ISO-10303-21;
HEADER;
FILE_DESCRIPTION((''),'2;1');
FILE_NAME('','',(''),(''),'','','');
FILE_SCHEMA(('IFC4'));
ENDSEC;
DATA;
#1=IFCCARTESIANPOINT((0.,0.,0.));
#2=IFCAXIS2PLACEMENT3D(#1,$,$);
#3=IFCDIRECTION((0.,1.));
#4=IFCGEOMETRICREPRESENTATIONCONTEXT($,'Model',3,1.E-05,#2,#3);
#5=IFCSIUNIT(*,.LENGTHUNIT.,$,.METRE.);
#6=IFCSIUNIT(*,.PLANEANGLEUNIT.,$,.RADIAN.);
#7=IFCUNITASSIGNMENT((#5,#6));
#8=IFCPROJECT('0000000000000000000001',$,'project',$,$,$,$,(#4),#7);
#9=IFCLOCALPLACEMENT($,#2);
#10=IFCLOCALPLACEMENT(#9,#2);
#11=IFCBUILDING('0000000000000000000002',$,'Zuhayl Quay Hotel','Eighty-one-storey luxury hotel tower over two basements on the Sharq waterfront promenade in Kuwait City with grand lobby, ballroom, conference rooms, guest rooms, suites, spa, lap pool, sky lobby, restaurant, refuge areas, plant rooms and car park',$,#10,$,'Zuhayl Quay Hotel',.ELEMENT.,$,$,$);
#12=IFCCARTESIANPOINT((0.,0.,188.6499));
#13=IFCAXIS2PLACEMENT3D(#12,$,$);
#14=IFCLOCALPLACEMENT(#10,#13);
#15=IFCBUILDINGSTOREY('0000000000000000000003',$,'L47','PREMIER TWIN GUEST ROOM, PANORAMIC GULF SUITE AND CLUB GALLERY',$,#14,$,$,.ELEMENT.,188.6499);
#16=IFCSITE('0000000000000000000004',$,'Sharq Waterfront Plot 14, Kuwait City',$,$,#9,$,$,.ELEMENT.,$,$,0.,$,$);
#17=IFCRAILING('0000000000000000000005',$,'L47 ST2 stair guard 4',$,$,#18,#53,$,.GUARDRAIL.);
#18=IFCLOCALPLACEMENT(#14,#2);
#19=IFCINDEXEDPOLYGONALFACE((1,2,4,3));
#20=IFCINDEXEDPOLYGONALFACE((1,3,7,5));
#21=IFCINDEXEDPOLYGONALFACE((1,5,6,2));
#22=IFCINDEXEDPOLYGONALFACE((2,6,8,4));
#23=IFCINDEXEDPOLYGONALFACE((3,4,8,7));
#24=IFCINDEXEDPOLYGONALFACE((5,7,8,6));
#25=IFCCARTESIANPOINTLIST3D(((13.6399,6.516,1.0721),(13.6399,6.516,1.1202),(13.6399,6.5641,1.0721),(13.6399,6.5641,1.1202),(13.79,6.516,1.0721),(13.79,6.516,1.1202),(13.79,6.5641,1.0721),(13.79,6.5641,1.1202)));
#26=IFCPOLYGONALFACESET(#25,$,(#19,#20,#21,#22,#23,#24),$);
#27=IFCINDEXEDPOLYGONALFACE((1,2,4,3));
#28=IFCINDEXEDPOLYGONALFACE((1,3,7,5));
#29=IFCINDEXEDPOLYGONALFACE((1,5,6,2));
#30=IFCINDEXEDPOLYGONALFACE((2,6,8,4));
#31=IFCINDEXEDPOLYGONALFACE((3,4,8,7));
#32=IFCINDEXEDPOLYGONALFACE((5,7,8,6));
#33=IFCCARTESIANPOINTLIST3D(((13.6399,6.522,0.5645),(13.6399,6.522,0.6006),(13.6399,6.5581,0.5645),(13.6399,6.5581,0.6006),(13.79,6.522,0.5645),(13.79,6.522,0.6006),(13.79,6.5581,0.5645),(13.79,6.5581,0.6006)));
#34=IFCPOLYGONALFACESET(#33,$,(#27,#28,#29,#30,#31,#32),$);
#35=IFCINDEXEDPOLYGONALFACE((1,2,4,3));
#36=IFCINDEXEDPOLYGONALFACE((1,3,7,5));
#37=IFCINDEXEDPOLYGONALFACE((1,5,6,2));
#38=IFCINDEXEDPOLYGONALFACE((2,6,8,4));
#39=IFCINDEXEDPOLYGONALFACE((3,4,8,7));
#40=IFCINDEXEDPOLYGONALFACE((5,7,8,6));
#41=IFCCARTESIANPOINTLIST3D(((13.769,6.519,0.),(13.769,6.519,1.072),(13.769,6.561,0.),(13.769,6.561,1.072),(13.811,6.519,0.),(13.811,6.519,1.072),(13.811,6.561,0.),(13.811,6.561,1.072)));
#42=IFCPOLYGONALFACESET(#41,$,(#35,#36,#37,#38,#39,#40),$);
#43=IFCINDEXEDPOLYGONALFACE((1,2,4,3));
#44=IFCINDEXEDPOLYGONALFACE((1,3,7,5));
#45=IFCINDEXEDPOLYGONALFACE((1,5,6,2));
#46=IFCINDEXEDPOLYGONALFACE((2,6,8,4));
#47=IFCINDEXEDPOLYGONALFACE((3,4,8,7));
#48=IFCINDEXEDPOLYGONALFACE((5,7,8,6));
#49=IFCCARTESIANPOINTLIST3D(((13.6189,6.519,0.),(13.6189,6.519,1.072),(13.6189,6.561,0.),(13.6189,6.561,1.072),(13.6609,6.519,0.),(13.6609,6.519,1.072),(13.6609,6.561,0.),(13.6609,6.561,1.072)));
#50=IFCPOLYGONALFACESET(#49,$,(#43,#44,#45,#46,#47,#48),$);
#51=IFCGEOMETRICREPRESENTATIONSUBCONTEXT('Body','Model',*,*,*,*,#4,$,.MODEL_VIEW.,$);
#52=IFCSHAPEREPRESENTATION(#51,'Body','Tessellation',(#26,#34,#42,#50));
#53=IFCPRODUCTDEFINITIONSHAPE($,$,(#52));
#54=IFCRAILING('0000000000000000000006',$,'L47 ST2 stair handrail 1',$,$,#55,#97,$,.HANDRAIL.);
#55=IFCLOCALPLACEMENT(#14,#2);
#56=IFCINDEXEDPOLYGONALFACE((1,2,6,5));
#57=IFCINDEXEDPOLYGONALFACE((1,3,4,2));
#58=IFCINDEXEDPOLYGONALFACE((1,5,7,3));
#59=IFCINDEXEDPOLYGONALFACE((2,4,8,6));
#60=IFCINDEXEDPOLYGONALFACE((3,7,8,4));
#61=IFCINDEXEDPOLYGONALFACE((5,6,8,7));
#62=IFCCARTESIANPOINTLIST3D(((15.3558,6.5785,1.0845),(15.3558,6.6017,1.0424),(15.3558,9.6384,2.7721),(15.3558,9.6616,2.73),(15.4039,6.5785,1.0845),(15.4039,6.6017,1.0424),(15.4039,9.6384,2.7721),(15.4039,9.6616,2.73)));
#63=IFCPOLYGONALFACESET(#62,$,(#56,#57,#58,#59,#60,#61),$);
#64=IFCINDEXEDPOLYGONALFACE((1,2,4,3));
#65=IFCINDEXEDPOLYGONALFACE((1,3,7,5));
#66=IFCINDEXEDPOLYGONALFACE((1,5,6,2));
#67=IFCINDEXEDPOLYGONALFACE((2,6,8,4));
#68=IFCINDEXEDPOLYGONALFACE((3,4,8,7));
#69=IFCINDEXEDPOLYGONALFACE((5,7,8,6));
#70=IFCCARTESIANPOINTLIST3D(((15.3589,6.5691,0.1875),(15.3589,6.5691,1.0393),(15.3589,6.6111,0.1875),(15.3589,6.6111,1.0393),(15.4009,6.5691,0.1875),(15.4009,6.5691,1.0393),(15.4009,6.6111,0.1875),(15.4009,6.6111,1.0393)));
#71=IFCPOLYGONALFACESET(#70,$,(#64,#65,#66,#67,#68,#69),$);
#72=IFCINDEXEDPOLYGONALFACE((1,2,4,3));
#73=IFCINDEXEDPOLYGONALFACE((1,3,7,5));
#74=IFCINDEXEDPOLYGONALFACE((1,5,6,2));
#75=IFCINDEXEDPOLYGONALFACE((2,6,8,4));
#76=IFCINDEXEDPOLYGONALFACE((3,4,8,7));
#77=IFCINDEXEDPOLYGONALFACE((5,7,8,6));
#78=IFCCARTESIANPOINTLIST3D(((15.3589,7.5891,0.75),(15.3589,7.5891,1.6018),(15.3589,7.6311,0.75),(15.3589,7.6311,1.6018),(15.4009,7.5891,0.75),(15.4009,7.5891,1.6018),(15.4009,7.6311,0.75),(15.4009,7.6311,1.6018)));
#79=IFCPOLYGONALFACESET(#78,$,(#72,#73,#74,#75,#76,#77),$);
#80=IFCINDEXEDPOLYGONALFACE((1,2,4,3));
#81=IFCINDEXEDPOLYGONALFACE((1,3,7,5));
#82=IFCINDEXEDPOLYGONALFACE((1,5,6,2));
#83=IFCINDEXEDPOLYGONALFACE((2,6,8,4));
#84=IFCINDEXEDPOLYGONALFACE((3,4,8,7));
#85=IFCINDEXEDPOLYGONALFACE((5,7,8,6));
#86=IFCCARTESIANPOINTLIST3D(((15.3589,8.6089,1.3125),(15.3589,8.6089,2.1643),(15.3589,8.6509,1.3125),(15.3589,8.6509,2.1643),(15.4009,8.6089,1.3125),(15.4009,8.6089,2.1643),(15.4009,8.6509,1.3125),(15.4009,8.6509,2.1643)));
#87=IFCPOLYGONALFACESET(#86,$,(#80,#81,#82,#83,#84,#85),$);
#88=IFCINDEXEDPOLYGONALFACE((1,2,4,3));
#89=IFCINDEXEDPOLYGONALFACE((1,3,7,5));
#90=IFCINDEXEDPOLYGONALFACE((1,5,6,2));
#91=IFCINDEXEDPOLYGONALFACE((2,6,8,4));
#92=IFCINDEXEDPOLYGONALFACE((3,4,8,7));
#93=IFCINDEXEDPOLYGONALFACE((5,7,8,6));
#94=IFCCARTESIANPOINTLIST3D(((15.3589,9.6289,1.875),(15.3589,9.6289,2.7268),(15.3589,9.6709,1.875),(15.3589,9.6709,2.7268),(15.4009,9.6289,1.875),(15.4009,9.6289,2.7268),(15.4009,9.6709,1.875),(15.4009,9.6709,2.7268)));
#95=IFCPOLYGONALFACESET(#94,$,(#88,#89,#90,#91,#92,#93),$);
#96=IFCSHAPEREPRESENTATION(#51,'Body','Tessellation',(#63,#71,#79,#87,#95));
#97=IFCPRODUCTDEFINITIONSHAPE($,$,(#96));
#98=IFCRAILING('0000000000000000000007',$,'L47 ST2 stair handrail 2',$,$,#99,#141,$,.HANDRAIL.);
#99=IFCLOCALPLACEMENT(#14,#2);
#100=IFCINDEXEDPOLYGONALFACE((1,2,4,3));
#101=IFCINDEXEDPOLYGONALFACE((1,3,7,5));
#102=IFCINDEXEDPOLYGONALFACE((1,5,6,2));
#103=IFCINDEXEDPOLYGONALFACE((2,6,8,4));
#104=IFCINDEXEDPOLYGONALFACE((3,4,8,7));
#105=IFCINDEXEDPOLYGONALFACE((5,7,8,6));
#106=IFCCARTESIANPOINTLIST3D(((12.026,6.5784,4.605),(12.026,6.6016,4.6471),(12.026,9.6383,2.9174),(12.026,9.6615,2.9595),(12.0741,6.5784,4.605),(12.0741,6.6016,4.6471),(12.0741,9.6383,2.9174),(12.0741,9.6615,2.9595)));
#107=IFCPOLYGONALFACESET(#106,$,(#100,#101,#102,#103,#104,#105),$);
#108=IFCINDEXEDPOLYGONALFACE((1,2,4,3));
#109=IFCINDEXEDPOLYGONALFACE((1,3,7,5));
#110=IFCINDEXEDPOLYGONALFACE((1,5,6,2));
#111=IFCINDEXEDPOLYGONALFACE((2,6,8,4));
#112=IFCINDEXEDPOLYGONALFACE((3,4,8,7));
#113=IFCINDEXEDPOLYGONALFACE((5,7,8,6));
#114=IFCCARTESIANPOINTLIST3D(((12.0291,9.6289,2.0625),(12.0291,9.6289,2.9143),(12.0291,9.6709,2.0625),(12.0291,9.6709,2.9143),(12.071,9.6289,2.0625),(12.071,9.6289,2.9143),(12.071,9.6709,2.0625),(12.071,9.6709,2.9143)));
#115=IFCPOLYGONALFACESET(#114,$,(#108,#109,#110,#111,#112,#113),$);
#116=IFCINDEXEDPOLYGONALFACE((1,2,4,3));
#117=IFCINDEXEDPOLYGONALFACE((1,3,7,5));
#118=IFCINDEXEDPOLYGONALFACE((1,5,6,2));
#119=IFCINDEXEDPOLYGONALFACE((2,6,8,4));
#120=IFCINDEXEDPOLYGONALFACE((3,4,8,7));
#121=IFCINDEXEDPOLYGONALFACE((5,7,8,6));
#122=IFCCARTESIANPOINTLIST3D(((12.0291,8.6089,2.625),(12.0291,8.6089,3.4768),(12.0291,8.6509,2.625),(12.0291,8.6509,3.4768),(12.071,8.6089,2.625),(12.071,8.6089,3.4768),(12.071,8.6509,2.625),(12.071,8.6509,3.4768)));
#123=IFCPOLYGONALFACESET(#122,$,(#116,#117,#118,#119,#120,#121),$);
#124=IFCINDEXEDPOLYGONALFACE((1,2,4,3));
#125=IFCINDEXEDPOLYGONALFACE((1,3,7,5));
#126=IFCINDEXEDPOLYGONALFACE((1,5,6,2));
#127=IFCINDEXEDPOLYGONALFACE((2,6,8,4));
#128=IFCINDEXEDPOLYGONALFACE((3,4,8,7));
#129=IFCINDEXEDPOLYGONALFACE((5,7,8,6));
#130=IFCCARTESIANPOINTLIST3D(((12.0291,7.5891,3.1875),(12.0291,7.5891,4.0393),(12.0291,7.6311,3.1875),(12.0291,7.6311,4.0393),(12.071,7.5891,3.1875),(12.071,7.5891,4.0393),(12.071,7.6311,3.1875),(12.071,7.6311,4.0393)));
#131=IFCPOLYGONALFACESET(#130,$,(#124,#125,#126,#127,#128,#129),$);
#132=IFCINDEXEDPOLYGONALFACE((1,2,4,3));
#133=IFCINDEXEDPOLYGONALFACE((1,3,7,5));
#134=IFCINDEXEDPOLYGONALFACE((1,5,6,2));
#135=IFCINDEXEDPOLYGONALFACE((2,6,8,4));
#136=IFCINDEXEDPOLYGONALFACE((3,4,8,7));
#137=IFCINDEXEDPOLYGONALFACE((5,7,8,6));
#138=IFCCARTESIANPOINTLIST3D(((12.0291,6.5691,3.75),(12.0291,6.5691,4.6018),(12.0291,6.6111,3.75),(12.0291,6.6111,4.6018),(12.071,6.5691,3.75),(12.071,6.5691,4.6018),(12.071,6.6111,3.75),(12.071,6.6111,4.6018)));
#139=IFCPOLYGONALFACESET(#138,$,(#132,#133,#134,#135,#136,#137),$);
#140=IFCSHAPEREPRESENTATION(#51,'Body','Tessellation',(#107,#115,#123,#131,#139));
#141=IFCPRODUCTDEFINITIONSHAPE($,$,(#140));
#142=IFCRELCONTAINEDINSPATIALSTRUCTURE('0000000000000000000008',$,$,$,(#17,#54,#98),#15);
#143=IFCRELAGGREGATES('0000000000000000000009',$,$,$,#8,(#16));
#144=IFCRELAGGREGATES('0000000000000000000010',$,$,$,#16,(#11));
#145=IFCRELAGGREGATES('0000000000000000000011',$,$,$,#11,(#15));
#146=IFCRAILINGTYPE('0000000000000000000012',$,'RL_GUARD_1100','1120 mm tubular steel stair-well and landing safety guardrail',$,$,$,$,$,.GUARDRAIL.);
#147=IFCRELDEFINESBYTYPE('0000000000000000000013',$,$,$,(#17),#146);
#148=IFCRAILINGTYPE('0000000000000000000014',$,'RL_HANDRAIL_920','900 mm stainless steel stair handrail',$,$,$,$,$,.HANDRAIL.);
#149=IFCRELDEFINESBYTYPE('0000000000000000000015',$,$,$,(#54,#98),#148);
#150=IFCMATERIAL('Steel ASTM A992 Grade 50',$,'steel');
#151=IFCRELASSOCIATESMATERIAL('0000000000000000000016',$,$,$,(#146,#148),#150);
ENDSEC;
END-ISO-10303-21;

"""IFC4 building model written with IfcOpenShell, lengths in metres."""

from ifc_helpers import new_model, si_unit, direction, frame, origin, origin_2d, place, context, subcontext, project, spatial, rectangle, extrude, material, type_object, element, save


model = new_model("IFC4")

# Units and contexts
model_context = context("Model", 3, precision=1e-05, world=origin(), true_north=direction((0.0, 1.0)))
body_context = subcontext(model_context, "Body", "Model", "MODEL_VIEW")
ifc_project = project(units=[si_unit("LENGTHUNIT", "METRE"), si_unit("PLANEANGLEUNIT", "RADIAN")], contexts=[model_context])

# Site, building, storey
site_placement = place(None, origin())
site = spatial("IfcSite", under=ifc_project, at=site_placement, Name="Sharq Waterfront Plot 14, Kuwait City", CompositionType="ELEMENT", RefElevation=0.0)
building_placement = place(site_placement, origin())
building = spatial("IfcBuilding", under=site, at=building_placement, Name="Zuhayl Quay Hotel", Description="Eighty-one-storey luxury hotel tower over two basements on the Sharq waterfront promenade in Kuwait City with grand lobby, ballroom, conference rooms, guest rooms, suites, spa, lap pool, sky lobby, restaurant, refuge areas, plant rooms and car park", LongName="Zuhayl Quay Hotel", CompositionType="ELEMENT")
storey_placement = place(building_placement, frame((0.0, 0.0, 188.6499)))
storey = spatial("IfcBuildingStorey", under=building, at=storey_placement, Name="L47", Description="PREMIER TWIN GUEST ROOM, PANORAMIC GULF SUITE AND CLUB GALLERY", CompositionType="ELEMENT", Elevation=188.6499)

# Shared definitions
ifc_material_1 = material(Name="Steel ASTM A992 Grade 50", Category="steel")

# Railings
railing_type_1 = type_object("IfcRailingType", Name="RL_GUARD_1100", Description="1120 mm tubular steel stair-well and landing safety guardrail", PredefinedType="GUARDRAIL", material=ifc_material_1)
railing_1_placement = place(storey_placement, frame((13.79, 6.54, 0.0)))
element("IfcRailing", 1, at=railing_1_placement, inside=storey, type_object=railing_type_1, Name="L47 ST2 stair guard 4", PredefinedType="GUARDRAIL", context=body_context, shape_type="SweptSolid", body=[
    extrude(rectangle(XDim=0.0481, YDim=0.0481, at=origin_2d()), frame((0.0, 0.0, 1.0962), z_axis=(-1.0, 0.0, 0.0), x_axis=(0.0, -1.0, 0.0)), (0.0, 0.0, 1.0), 0.1501),
    extrude(rectangle(XDim=0.0361, YDim=0.0361, at=origin_2d()), frame((0.0, 0.0, 0.5825), z_axis=(-1.0, 0.0, 0.0), x_axis=(0.0, -1.0, 0.0)), (0.0, 0.0, 1.0), 0.1501),
    extrude(rectangle(XDim=0.042, YDim=0.042, at=origin_2d()), origin(), (0.0, 0.0, 1.0), 1.072),
    extrude(rectangle(XDim=0.042, YDim=0.042, at=origin_2d()), frame((-0.1501, 0.0, 0.0)), (0.0, 0.0, 1.0), 1.072),
])
railing_type_2 = type_object("IfcRailingType", Name="RL_HANDRAIL_920", Description="900 mm stainless steel stair handrail", PredefinedType="HANDRAIL", material=ifc_material_1)
railing_2_placement = place(storey_placement, frame((15.3799, 6.5901, 0.1875)))
element("IfcRailing", 2, at=railing_2_placement, inside=storey, type_object=railing_type_2, Name="L47 ST2 stair handrail 1", PredefinedType="HANDRAIL", context=body_context, shape_type="SweptSolid", body=[
    extrude(rectangle(XDim=0.0481, YDim=0.0481, at=origin_2d()), frame((0.0, 0.0, 0.876), z_axis=(0.0, 0.875659, 0.48293), x_axis=(-1.0, 0.0, 0.0)), (0.0, 0.0, 1.0), 3.4944),
    extrude(rectangle(XDim=0.042, YDim=0.042, at=origin_2d()), origin(), (0.0, 0.0, 1.0), 0.8518),
    extrude(rectangle(XDim=0.042, YDim=0.042, at=origin_2d()), frame((0.0, 1.02, 0.5625)), (0.0, 0.0, 1.0), 0.8518),
    extrude(rectangle(XDim=0.042, YDim=0.042, at=origin_2d()), frame((0.0, 2.0398, 1.125)), (0.0, 0.0, 1.0), 0.8518),
    extrude(rectangle(XDim=0.042, YDim=0.042, at=origin_2d()), frame((0.0, 3.0598, 1.6875)), (0.0, 0.0, 1.0), 0.8518),
])
railing_3_placement = place(storey_placement, frame((12.05, 9.6499, 2.0625)))
element("IfcRailing", 3, at=railing_3_placement, inside=storey, type_object=railing_type_2, Name="L47 ST2 stair handrail 2", PredefinedType="HANDRAIL", context=body_context, shape_type="SweptSolid", body=[
    extrude(rectangle(XDim=0.0481, YDim=0.0481, at=origin_2d()), frame((0.0, 0.0, 0.876), z_axis=(0.0, -0.875659, 0.48293), x_axis=(1.0, 0.0, 0.0)), (0.0, 0.0, 1.0), 3.4944),
    extrude(rectangle(XDim=0.042, YDim=0.042, at=origin_2d()), origin(), (0.0, 0.0, 1.0), 0.8518),
    extrude(rectangle(XDim=0.042, YDim=0.042, at=origin_2d()), frame((0.0, -1.02, 0.5625)), (0.0, 0.0, 1.0), 0.8518),
    extrude(rectangle(XDim=0.042, YDim=0.042, at=origin_2d()), frame((0.0, -2.0398, 1.125)), (0.0, 0.0, 1.0), 0.8518),
    extrude(rectangle(XDim=0.042, YDim=0.042, at=origin_2d()), frame((0.0, -3.0598, 1.6875)), (0.0, 0.0, 1.0), 0.8518),
])

save(model, "model.ifc")
